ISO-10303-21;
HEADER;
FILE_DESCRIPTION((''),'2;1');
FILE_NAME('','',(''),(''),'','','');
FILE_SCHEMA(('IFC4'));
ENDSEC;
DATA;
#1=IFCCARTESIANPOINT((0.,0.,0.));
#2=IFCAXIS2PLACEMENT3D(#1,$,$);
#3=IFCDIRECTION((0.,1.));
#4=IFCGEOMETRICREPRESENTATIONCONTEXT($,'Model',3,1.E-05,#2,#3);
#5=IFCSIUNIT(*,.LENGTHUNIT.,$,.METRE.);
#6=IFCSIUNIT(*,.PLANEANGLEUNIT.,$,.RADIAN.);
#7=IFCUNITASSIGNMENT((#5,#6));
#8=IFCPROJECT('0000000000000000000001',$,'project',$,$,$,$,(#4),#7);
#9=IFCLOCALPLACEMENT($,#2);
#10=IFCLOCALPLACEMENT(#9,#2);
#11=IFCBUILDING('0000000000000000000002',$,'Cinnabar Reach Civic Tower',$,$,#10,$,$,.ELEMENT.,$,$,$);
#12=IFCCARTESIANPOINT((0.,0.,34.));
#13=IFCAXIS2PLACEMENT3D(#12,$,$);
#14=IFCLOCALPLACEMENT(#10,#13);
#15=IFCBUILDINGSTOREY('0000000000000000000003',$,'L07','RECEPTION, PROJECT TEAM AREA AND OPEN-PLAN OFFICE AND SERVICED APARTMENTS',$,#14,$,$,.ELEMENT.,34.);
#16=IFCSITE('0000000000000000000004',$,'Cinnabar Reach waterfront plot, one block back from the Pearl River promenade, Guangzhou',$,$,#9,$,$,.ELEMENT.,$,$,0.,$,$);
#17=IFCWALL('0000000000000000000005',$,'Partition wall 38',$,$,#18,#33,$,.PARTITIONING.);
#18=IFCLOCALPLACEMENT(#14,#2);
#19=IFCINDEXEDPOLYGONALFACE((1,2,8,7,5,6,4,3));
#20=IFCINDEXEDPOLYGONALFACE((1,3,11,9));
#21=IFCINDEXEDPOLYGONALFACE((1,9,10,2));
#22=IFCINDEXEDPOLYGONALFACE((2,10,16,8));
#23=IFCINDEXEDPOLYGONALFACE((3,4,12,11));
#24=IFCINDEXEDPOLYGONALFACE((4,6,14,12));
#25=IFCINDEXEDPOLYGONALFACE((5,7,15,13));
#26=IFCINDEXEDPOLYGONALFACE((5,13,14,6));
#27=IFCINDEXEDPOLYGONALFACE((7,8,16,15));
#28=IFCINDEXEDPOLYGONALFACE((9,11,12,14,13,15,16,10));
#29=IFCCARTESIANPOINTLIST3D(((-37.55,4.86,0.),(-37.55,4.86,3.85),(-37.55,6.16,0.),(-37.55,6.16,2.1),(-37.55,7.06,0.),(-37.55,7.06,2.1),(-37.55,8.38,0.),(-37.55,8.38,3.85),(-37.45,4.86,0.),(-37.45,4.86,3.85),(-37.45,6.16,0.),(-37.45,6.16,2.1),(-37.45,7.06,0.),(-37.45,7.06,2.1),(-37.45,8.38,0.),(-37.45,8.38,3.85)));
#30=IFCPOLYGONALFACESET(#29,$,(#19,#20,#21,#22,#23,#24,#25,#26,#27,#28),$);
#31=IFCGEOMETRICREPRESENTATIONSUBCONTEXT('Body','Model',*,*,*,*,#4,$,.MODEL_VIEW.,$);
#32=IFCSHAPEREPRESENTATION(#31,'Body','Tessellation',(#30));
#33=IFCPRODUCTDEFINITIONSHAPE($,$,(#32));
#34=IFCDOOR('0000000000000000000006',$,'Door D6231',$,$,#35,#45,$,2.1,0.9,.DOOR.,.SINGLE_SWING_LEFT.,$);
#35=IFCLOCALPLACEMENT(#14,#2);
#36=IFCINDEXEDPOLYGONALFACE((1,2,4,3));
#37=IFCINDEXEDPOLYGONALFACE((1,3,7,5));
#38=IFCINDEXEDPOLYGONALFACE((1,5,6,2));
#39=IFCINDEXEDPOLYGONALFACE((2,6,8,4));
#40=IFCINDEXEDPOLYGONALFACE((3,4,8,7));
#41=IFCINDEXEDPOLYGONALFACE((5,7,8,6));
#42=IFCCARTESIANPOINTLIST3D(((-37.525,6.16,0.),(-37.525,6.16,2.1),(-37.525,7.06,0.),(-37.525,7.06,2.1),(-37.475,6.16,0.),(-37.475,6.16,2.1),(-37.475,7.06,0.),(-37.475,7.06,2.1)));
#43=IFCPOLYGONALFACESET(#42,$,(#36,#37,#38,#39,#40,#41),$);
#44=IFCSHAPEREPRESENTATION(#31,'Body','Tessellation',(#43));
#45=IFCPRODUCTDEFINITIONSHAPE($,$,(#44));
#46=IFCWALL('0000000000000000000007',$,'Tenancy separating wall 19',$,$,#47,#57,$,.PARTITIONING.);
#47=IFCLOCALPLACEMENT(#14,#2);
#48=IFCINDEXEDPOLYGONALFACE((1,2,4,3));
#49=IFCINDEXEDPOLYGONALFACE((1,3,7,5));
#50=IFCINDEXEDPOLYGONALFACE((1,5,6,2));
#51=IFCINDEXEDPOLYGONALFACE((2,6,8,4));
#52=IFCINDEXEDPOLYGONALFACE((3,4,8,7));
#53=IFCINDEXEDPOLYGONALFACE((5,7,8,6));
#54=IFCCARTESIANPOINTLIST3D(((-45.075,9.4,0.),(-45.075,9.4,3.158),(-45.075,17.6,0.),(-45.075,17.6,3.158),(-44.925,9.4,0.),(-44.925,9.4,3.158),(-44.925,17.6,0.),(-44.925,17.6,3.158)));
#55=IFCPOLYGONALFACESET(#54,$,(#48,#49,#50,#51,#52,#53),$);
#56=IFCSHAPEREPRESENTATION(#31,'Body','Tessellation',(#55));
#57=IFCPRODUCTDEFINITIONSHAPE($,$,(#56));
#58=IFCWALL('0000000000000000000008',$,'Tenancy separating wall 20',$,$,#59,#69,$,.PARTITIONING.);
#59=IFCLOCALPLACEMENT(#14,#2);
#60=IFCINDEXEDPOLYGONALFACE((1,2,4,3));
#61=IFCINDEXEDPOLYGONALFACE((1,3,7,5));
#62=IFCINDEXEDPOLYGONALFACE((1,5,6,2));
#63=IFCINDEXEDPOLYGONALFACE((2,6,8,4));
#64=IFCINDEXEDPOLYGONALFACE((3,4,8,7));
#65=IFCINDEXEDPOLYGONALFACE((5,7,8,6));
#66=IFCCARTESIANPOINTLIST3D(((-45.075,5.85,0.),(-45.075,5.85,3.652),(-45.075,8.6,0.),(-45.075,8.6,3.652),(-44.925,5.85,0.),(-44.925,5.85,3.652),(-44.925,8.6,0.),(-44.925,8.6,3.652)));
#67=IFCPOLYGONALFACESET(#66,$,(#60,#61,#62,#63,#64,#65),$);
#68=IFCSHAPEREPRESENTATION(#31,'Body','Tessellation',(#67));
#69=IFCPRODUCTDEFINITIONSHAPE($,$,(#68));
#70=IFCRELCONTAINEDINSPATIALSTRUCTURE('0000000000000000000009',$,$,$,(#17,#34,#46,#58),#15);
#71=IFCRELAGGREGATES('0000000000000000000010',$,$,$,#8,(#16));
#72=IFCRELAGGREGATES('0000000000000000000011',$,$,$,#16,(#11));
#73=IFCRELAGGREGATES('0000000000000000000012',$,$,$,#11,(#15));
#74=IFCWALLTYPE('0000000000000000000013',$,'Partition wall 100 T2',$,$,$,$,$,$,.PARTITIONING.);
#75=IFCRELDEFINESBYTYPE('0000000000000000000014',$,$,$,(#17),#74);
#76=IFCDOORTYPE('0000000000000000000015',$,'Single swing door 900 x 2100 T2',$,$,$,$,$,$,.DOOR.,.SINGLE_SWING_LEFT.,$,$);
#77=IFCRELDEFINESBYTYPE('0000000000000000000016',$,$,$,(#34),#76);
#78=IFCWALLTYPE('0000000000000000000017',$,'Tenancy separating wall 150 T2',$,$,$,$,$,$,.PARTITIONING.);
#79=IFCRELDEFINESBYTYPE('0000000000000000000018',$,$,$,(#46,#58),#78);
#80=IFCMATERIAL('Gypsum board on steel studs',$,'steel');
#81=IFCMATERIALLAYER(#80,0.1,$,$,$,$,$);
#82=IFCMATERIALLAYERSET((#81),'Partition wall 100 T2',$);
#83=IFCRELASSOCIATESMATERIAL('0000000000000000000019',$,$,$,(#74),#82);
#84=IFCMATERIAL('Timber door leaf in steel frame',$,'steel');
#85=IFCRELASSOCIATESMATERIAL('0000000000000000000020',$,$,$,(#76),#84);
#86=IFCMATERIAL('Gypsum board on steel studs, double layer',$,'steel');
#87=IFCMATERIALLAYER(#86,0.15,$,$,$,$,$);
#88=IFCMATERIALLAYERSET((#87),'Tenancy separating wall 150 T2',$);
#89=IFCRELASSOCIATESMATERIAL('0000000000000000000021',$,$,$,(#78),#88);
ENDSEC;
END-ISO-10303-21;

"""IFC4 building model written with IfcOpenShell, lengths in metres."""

from ifc_helpers import new_model, si_unit, direction, frame, frame_2d, origin, place, context, subcontext, project, spatial, rectangle, extrude, material, layer, layer_set, type_object, element, fill, save


model = new_model("IFC4")

# Units and contexts
model_context = context("Model", 3, precision=1e-05, world=origin(), true_north=direction((0.0, 1.0)))
body_context = subcontext(model_context, "Body", "Model", "MODEL_VIEW")
ifc_project = project(units=[si_unit("LENGTHUNIT", "METRE"), si_unit("PLANEANGLEUNIT", "RADIAN")], contexts=[model_context])

# Site, building, storey
site_placement = place(None, origin())
site = spatial("IfcSite", under=ifc_project, at=site_placement, Name="Cinnabar Reach waterfront plot, one block back from the Pearl River promenade, Guangzhou", CompositionType="ELEMENT", RefElevation=0.0)
building_placement = place(site_placement, origin())
building = spatial("IfcBuilding", under=site, at=building_placement, Name="Cinnabar Reach Civic Tower", CompositionType="ELEMENT")
storey_placement = place(building_placement, frame((0.0, 0.0, 34.0)))
storey = spatial("IfcBuildingStorey", under=building, at=storey_placement, Name="L07", Description="RECEPTION, PROJECT TEAM AREA AND OPEN-PLAN OFFICE AND SERVICED APARTMENTS", CompositionType="ELEMENT", Elevation=34.0)

# Shared definitions
ifc_material_1 = material(Name="Gypsum board on steel studs", Category="steel")
ifc_layer_1 = layer(ifc_material_1, 0.1)
ifc_layer_set_1 = layer_set([ifc_layer_1], Name="Partition wall 100 T2")
wall_type_1 = type_object("IfcWallType", Name="Partition wall 100 T2", PredefinedType="PARTITIONING", material=ifc_layer_set_1)
ifc_material_2 = material(Name="Timber door leaf in steel frame", Category="steel")
door_type = type_object("IfcDoorType", Name="Single swing door 900 x 2100 T2", OperationType="SINGLE_SWING_LEFT", PredefinedType="DOOR", material=ifc_material_2)

# Wall, opening, door
wall_1_placement = place(storey_placement, frame((-37.5, 4.86, 0.0), z_axis=(0.0, 0.0, 1.0), x_axis=(0.0, 1.0, 0.0)))
wall_1 = element("IfcWall", 1, at=wall_1_placement, inside=storey, type_object=wall_type_1, Name="Partition wall 38", PredefinedType="PARTITIONING", context=body_context, shape_type="SweptSolid", body=[
    extrude(rectangle(XDim=3.52, YDim=0.1, at=frame_2d((1.76, 0.0))), origin(), (0.0, 0.0, 1.0), 3.85),
])
opening_1_placement = place(wall_1_placement, frame((1.3, 0.0, 0.0)))
opening_1 = element("IfcOpeningElement", 2, at=opening_1_placement, cuts=wall_1, PredefinedType="OPENING", context=body_context, shape_type="SweptSolid", body=[
    extrude(rectangle(XDim=0.9, YDim=2.1, at=frame_2d((0.45, 1.05))), frame((0.0, 0.06, 0.0), z_axis=(0.0, -1.0, 0.0), x_axis=(1.0, 0.0, 0.0)), (0.0, 0.0, 1.0), 0.12),
])
door_1_placement = place(opening_1_placement, frame((0.9, 0.0, 0.0), z_axis=(0.0, 0.0, 1.0), x_axis=(-1.0, 0.0, 0.0)))
door_1 = element("IfcDoor", 3, at=door_1_placement, inside=storey, type_object=door_type, Name="Door D6231", OperationType="SINGLE_SWING_LEFT", OverallHeight=2.1, OverallWidth=0.9, PredefinedType="DOOR", context=body_context, shape_type="SweptSolid", body=[
    extrude(rectangle(XDim=0.9, YDim=2.1, at=frame_2d((0.45, 1.05))), frame((0.0, 0.025, 0.0), z_axis=(0.0, -1.0, 0.0), x_axis=(1.0, 0.0, 0.0)), (0.0, 0.0, 1.0), 0.05),
])
fill(opening_1, door_1)

# Walls
ifc_material_3 = material(Name="Gypsum board on steel studs, double layer", Category="steel")
ifc_layer_2 = layer(ifc_material_3, 0.15)
ifc_layer_set_2 = layer_set([ifc_layer_2], Name="Tenancy separating wall 150 T2")
wall_type_2 = type_object("IfcWallType", Name="Tenancy separating wall 150 T2", PredefinedType="PARTITIONING", material=ifc_layer_set_2)
wall_2_placement = place(storey_placement, frame((-45.0, 9.4, 0.0), z_axis=(0.0, 0.0, 1.0), x_axis=(0.0, 1.0, 0.0)))
element("IfcWall", 4, at=wall_2_placement, inside=storey, type_object=wall_type_2, Name="Tenancy separating wall 19", PredefinedType="PARTITIONING", context=body_context, shape_type="SweptSolid", body=[
    extrude(rectangle(XDim=8.2, YDim=0.15, at=frame_2d((4.1, 0.0))), origin(), (0.0, 0.0, 1.0), 3.158),
])
wall_3_placement = place(storey_placement, frame((-45.0, 5.85, 0.0), z_axis=(0.0, 0.0, 1.0), x_axis=(0.0, 1.0, 0.0)))
element("IfcWall", 5, at=wall_3_placement, inside=storey, type_object=wall_type_2, Name="Tenancy separating wall 20", PredefinedType="PARTITIONING", context=body_context, shape_type="SweptSolid", body=[
    extrude(rectangle(XDim=2.75, YDim=0.15, at=frame_2d((1.375, 0.0))), origin(), (0.0, 0.0, 1.0), 3.652),
])

save(model, "model.ifc")
